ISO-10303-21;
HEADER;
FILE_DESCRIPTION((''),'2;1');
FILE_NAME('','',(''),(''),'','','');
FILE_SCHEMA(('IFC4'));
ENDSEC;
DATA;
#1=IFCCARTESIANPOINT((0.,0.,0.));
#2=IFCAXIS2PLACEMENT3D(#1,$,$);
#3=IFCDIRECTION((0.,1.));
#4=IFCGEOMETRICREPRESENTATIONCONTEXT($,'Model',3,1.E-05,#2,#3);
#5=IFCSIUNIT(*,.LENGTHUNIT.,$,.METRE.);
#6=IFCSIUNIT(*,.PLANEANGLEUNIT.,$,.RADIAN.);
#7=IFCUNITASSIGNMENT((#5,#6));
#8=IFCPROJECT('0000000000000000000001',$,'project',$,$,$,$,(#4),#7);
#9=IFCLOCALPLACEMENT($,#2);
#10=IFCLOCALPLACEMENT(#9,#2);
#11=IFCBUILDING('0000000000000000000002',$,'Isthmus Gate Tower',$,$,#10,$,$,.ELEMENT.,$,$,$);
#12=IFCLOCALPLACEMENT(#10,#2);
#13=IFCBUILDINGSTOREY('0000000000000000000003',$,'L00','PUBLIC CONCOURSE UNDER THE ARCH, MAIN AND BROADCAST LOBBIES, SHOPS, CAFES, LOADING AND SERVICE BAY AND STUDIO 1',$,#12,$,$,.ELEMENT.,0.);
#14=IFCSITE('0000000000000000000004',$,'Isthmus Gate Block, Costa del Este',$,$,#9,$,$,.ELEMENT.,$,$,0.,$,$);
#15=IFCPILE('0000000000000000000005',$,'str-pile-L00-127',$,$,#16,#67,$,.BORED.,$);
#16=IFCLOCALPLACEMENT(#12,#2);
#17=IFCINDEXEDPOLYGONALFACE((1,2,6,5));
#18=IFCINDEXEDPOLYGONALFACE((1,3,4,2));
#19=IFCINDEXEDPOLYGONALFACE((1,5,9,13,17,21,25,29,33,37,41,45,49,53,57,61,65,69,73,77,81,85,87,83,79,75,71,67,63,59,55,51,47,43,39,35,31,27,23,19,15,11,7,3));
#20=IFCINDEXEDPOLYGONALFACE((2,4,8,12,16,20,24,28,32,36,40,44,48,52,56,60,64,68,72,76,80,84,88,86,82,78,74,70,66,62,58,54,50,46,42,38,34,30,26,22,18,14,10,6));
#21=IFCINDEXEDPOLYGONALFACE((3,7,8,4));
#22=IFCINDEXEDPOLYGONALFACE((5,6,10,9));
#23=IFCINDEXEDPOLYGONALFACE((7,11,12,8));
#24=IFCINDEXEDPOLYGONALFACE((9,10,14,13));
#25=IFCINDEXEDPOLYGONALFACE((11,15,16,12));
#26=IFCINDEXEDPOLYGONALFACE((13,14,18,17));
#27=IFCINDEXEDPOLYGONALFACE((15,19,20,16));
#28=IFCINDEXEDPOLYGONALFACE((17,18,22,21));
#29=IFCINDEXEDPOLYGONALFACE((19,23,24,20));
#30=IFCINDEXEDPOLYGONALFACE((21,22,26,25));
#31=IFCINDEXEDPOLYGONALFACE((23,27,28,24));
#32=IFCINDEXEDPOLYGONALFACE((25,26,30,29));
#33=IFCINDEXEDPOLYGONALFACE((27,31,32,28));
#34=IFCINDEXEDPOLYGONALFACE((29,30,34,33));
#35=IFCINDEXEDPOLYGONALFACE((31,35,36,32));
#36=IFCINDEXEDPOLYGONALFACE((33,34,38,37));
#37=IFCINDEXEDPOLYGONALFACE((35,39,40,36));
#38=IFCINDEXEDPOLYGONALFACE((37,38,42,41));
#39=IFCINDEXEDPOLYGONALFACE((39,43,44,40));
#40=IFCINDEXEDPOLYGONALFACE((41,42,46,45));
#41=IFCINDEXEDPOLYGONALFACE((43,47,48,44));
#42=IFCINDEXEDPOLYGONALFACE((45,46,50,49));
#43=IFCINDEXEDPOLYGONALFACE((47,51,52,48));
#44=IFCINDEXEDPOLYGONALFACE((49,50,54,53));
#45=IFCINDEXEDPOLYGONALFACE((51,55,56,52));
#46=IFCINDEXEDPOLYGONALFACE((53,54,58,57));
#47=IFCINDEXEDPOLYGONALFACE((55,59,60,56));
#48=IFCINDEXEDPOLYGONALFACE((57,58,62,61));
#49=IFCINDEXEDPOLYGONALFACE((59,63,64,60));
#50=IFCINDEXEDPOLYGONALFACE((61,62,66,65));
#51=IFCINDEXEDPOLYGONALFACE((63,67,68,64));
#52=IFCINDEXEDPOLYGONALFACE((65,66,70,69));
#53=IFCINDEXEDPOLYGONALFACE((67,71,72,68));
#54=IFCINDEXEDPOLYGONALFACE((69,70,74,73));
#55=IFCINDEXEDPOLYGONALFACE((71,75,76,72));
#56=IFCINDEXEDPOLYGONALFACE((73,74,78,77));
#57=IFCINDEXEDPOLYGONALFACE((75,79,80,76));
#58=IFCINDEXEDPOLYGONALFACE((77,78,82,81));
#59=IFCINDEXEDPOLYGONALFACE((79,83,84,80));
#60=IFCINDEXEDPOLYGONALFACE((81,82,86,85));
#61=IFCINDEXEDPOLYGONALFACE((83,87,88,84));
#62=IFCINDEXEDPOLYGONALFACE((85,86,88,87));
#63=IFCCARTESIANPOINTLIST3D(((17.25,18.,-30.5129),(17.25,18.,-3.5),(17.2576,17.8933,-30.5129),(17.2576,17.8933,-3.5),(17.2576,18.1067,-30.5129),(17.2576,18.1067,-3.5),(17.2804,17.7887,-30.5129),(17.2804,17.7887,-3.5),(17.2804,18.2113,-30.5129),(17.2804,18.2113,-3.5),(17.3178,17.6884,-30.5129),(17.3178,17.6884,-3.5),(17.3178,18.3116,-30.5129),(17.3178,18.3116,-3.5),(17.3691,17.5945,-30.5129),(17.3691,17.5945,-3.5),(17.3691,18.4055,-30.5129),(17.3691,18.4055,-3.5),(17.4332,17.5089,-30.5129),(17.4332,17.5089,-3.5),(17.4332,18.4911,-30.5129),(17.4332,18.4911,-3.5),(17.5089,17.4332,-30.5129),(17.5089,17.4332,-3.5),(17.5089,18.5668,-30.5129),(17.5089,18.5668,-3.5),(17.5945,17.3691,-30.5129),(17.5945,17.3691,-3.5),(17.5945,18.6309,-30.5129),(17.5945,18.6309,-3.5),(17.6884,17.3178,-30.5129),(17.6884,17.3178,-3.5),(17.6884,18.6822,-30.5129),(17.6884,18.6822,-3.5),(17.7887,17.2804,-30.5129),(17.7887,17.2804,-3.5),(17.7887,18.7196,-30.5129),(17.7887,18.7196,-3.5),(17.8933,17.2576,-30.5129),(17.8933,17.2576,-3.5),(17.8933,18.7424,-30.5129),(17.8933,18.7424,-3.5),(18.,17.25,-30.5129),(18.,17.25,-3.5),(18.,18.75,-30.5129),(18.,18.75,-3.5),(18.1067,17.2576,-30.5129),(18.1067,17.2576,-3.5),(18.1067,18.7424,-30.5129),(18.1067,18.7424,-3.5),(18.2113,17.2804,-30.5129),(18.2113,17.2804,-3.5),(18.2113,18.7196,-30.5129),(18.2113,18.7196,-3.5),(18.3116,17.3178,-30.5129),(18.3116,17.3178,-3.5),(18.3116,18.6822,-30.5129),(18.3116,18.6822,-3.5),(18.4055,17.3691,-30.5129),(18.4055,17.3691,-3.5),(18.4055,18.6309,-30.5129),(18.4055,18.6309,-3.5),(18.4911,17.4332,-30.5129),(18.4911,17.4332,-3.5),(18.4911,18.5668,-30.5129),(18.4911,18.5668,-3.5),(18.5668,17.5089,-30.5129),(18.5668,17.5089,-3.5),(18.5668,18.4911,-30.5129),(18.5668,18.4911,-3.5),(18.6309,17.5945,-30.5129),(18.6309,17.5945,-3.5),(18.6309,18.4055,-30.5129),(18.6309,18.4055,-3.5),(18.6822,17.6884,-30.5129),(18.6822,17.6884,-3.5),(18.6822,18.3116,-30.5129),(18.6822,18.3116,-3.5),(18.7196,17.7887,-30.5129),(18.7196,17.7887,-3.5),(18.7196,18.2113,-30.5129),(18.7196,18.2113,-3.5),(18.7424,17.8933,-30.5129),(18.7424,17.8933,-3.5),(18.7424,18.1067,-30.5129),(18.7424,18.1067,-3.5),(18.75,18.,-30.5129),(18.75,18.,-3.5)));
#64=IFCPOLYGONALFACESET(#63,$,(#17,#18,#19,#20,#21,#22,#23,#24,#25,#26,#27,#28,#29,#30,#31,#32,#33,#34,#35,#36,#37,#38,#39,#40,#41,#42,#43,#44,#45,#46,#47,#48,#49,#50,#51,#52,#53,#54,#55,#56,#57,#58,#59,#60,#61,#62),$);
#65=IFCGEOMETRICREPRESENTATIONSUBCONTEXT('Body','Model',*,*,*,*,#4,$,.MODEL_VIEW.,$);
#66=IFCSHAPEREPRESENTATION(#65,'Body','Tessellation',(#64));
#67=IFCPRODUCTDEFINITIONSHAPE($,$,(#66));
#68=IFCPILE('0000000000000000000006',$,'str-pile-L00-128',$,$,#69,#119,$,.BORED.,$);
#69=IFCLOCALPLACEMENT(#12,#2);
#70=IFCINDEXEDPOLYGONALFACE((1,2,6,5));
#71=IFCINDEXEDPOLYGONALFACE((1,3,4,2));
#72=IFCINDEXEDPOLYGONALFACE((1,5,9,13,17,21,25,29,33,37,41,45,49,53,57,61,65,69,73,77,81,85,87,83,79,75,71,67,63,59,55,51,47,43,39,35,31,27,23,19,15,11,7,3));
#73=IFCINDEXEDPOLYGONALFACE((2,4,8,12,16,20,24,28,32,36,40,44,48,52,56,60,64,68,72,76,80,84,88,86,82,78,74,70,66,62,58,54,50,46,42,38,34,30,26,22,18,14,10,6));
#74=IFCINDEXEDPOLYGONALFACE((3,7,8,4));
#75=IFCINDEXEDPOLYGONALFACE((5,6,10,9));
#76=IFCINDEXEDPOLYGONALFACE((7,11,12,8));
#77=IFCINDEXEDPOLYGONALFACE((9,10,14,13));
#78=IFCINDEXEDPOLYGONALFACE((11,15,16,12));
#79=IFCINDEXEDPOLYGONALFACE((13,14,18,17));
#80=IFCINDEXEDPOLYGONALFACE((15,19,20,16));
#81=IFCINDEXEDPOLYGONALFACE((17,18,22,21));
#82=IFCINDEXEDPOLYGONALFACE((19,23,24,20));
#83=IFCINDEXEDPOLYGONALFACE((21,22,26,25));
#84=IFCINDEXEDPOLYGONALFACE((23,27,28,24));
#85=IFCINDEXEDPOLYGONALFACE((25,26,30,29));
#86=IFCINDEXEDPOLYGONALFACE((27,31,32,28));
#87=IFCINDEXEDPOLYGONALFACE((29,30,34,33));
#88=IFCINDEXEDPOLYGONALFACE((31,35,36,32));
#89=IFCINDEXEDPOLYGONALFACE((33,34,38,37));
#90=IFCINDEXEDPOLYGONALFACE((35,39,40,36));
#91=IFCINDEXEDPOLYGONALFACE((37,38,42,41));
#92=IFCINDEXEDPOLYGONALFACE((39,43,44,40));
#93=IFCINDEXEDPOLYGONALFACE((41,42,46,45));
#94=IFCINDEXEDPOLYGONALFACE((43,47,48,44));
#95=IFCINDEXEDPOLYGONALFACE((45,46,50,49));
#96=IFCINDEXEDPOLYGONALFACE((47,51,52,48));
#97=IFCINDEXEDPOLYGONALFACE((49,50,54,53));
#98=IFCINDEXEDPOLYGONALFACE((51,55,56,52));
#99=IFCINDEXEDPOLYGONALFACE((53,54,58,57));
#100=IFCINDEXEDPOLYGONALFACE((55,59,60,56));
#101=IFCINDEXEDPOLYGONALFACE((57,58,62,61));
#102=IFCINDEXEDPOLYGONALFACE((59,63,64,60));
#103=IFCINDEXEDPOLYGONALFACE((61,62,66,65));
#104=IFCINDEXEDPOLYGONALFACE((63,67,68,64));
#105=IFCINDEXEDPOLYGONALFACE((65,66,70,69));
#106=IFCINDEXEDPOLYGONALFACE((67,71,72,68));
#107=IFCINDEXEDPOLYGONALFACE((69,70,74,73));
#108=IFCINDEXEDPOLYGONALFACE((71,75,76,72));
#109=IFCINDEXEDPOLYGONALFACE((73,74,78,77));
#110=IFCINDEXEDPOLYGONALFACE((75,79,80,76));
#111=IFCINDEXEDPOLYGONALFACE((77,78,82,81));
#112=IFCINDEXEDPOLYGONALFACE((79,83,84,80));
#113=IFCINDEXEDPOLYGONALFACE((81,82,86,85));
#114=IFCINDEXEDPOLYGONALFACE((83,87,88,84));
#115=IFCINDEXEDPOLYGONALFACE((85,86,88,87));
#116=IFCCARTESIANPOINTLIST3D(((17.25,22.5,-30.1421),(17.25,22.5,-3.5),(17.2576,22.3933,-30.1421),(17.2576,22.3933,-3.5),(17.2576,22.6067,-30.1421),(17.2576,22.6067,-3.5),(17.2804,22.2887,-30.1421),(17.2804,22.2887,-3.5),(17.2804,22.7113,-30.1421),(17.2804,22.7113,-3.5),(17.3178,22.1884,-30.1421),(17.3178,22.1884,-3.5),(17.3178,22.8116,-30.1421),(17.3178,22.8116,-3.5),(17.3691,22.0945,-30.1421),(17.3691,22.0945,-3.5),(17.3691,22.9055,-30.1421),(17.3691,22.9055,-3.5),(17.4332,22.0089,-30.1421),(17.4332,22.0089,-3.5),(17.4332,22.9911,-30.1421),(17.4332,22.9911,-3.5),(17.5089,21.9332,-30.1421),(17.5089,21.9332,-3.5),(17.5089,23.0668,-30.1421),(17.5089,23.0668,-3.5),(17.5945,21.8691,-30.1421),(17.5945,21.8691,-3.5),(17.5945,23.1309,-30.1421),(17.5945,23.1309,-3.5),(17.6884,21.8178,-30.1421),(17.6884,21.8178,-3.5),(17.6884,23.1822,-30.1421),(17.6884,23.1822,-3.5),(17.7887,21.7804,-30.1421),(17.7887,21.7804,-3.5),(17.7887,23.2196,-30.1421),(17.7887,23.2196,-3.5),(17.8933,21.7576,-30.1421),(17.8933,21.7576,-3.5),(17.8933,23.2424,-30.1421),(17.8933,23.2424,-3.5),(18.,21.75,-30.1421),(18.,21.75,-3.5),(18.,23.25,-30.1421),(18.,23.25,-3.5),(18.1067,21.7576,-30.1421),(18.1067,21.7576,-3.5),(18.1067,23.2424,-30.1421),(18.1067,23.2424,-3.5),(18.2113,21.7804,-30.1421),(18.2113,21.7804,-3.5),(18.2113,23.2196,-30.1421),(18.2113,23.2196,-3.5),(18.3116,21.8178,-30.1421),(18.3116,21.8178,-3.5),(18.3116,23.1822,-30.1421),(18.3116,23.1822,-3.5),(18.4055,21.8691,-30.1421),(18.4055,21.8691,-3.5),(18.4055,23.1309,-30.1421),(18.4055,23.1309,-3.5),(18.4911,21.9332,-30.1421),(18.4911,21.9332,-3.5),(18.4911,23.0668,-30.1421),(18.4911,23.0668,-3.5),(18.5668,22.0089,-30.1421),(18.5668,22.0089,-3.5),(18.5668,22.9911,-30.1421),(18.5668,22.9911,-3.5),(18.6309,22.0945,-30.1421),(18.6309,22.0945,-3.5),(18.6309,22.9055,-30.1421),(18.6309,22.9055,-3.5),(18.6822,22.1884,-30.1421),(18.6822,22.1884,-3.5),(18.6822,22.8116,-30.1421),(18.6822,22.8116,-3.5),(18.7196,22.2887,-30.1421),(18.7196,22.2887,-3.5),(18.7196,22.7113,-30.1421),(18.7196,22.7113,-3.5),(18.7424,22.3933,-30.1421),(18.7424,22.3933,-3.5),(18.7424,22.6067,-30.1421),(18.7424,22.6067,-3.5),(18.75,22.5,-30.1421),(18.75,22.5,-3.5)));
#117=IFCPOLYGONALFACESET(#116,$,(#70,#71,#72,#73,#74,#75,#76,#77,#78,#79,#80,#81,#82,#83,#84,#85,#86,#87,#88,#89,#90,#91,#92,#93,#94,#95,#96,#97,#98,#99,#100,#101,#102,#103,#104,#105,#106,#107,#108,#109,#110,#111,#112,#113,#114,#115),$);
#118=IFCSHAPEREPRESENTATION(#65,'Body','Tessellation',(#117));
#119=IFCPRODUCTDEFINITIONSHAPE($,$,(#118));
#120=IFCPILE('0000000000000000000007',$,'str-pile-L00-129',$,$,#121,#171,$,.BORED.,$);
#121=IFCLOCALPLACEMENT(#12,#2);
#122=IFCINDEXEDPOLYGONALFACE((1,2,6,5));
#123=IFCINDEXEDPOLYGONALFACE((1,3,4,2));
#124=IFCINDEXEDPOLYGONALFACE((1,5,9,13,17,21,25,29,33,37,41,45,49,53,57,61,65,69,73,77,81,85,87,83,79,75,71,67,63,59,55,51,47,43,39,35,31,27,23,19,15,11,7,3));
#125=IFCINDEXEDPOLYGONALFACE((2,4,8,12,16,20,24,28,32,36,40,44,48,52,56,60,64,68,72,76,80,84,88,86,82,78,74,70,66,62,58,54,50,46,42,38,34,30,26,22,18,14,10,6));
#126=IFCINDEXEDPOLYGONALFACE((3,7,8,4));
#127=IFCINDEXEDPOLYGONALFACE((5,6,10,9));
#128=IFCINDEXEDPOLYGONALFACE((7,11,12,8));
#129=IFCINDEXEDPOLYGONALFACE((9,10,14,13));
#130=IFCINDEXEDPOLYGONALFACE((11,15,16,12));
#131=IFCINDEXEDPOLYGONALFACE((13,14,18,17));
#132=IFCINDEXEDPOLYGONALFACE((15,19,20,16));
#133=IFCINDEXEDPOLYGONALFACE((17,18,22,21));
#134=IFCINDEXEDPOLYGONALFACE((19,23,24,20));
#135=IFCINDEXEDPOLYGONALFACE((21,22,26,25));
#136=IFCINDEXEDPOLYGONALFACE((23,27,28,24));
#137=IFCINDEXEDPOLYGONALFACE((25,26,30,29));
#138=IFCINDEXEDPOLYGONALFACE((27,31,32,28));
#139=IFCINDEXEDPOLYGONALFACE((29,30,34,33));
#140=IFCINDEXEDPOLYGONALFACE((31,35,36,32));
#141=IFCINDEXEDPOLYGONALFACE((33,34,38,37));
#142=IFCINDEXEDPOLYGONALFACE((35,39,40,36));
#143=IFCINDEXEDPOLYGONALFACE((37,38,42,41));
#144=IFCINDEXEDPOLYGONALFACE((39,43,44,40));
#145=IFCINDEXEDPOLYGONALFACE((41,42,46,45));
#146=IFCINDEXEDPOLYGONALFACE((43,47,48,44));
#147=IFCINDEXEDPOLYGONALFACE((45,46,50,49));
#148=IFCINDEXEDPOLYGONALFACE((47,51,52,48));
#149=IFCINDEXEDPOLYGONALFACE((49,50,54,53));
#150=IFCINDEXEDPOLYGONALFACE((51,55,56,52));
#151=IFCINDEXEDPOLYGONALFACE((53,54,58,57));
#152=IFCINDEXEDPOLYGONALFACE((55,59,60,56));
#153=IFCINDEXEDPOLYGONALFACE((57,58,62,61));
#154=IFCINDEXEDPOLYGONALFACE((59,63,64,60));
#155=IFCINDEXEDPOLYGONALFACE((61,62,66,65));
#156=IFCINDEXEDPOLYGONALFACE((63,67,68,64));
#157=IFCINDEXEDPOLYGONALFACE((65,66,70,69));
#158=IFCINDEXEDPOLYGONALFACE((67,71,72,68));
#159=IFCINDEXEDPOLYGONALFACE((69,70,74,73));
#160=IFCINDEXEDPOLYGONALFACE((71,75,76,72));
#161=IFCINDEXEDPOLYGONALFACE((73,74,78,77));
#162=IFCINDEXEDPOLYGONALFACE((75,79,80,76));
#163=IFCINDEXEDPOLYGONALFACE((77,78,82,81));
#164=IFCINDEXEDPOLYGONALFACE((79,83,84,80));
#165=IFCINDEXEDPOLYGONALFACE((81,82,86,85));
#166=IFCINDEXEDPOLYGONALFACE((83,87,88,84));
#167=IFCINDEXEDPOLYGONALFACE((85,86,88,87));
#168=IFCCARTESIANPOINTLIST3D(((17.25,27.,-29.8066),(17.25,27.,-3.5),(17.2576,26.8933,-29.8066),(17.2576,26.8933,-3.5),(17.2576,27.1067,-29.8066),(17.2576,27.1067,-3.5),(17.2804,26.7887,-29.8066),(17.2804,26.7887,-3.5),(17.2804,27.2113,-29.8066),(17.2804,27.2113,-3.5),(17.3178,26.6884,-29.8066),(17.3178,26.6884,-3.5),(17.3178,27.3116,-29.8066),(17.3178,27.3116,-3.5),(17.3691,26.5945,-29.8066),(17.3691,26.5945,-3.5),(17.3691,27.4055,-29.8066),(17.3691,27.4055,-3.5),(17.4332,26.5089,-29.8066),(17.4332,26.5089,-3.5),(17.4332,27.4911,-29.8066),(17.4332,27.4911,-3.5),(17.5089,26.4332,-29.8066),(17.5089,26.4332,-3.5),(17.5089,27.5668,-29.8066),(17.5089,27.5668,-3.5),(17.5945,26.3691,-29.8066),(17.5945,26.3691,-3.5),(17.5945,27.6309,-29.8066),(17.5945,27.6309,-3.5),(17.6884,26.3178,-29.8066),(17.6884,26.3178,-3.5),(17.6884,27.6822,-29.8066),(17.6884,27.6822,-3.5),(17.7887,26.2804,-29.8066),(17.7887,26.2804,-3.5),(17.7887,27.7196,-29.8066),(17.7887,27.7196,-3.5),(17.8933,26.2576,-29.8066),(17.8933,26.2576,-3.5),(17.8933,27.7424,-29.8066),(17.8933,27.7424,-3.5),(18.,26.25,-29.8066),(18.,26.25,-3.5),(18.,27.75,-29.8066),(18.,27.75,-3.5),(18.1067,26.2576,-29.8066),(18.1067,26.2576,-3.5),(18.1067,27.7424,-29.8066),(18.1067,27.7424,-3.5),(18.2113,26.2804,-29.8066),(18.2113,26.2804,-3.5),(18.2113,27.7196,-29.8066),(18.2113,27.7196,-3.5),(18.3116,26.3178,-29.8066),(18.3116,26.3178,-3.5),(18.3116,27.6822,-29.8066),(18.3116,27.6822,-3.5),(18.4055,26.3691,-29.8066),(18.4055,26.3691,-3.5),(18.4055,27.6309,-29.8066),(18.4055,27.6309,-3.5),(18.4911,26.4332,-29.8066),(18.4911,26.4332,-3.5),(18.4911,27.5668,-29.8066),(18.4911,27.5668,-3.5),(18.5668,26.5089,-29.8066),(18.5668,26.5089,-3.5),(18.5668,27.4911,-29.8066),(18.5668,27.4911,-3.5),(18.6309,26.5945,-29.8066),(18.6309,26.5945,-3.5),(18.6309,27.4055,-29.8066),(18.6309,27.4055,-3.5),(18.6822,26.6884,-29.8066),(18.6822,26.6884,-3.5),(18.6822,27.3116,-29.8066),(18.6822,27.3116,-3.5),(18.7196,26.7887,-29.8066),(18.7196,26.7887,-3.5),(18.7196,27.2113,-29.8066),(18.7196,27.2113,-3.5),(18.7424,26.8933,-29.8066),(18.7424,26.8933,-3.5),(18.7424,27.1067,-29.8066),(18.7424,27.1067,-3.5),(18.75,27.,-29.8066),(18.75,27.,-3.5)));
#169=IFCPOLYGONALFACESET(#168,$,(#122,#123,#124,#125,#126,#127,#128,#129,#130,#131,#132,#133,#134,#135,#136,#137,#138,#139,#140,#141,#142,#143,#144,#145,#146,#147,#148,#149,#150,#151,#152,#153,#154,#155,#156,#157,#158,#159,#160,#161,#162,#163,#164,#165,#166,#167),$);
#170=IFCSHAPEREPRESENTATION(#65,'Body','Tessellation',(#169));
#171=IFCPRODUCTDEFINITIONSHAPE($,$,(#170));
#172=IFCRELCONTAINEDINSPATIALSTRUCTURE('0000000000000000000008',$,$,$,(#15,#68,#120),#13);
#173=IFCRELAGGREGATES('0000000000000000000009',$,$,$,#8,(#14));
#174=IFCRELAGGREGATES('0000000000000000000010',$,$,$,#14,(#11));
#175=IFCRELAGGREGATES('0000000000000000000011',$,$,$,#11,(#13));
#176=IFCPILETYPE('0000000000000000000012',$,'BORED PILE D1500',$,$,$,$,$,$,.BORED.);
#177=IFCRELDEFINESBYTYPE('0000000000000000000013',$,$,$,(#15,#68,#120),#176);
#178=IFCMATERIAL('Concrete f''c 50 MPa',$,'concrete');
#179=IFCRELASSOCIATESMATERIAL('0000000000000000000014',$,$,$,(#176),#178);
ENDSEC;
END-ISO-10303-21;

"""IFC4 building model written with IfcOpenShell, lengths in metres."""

from ifc_helpers import new_model, si_unit, direction, frame, origin, origin_2d, place, context, subcontext, project, spatial, circle, extrude, material, material_profile, profile_set, type_object, element, save


model = new_model("IFC4")

# Units and contexts
model_context = context("Model", 3, precision=1e-05, world=origin(), true_north=direction((0.0, 1.0)))
body_context = subcontext(model_context, "Body", "Model", "MODEL_VIEW")
ifc_project = project(units=[si_unit("LENGTHUNIT", "METRE"), si_unit("PLANEANGLEUNIT", "RADIAN")], contexts=[model_context])

# Site, building, storey
site_placement = place(None, origin())
site = spatial("IfcSite", under=ifc_project, at=site_placement, Name="Isthmus Gate Block, Costa del Este", CompositionType="ELEMENT", RefElevation=0.0)
building_placement = place(site_placement, origin())
building = spatial("IfcBuilding", under=site, at=building_placement, Name="Isthmus Gate Tower", CompositionType="ELEMENT")
storey_placement = place(building_placement, origin())
storey = spatial("IfcBuildingStorey", under=building, at=storey_placement, Name="L00", Description="PUBLIC CONCOURSE UNDER THE ARCH, MAIN AND BROADCAST LOBBIES, SHOPS, CAFES, LOADING AND SERVICE BAY AND STUDIO 1", CompositionType="ELEMENT", Elevation=0.0)

# Piles
ifc_material_1 = material(Name="Concrete f'c 50 MPa", Category="concrete")
ifc_material_profile_1 = material_profile(ifc_material_1, circle(Radius=0.75, at=origin_2d()), Name="D1500")
ifc_profile_set_1 = profile_set([ifc_material_profile_1], Name="Concrete f'c 50 MPa")
pile_type_1 = type_object("IfcPileType", Name="BORED PILE D1500", PredefinedType="BORED", material=ifc_profile_set_1)
pile_1_placement = place(storey_placement, frame((18.0, 18.0, -3.5), z_axis=(0.0, 0.0, -1.0), x_axis=(1.0, 0.0, 0.0)))
element("IfcPile", 1, at=pile_1_placement, inside=storey, type_object=pile_type_1, Name="str-pile-L00-127", PredefinedType="BORED", context=body_context, shape_type="SweptSolid", body=[
    extrude(circle(Radius=0.75, at=origin_2d()), origin(), (0.0, 0.0, 1.0), 27.0129),
])
pile_2_placement = place(storey_placement, frame((18.0, 22.5, -3.5), z_axis=(0.0, 0.0, -1.0), x_axis=(1.0, 0.0, 0.0)))
element("IfcPile", 2, at=pile_2_placement, inside=storey, type_object=pile_type_1, Name="str-pile-L00-128", PredefinedType="BORED", context=body_context, shape_type="SweptSolid", body=[
    extrude(circle(Radius=0.75, at=origin_2d()), origin(), (0.0, 0.0, 1.0), 26.6421),
])
pile_3_placement = place(storey_placement, frame((18.0, 27.0, -3.5), z_axis=(0.0, 0.0, -1.0), x_axis=(1.0, 0.0, 0.0)))
element("IfcPile", 3, at=pile_3_placement, inside=storey, type_object=pile_type_1, Name="str-pile-L00-129", PredefinedType="BORED", context=body_context, shape_type="SweptSolid", body=[
    extrude(circle(Radius=0.75, at=origin_2d()), origin(), (0.0, 0.0, 1.0), 26.3066),
])

save(model, "model.ifc")
